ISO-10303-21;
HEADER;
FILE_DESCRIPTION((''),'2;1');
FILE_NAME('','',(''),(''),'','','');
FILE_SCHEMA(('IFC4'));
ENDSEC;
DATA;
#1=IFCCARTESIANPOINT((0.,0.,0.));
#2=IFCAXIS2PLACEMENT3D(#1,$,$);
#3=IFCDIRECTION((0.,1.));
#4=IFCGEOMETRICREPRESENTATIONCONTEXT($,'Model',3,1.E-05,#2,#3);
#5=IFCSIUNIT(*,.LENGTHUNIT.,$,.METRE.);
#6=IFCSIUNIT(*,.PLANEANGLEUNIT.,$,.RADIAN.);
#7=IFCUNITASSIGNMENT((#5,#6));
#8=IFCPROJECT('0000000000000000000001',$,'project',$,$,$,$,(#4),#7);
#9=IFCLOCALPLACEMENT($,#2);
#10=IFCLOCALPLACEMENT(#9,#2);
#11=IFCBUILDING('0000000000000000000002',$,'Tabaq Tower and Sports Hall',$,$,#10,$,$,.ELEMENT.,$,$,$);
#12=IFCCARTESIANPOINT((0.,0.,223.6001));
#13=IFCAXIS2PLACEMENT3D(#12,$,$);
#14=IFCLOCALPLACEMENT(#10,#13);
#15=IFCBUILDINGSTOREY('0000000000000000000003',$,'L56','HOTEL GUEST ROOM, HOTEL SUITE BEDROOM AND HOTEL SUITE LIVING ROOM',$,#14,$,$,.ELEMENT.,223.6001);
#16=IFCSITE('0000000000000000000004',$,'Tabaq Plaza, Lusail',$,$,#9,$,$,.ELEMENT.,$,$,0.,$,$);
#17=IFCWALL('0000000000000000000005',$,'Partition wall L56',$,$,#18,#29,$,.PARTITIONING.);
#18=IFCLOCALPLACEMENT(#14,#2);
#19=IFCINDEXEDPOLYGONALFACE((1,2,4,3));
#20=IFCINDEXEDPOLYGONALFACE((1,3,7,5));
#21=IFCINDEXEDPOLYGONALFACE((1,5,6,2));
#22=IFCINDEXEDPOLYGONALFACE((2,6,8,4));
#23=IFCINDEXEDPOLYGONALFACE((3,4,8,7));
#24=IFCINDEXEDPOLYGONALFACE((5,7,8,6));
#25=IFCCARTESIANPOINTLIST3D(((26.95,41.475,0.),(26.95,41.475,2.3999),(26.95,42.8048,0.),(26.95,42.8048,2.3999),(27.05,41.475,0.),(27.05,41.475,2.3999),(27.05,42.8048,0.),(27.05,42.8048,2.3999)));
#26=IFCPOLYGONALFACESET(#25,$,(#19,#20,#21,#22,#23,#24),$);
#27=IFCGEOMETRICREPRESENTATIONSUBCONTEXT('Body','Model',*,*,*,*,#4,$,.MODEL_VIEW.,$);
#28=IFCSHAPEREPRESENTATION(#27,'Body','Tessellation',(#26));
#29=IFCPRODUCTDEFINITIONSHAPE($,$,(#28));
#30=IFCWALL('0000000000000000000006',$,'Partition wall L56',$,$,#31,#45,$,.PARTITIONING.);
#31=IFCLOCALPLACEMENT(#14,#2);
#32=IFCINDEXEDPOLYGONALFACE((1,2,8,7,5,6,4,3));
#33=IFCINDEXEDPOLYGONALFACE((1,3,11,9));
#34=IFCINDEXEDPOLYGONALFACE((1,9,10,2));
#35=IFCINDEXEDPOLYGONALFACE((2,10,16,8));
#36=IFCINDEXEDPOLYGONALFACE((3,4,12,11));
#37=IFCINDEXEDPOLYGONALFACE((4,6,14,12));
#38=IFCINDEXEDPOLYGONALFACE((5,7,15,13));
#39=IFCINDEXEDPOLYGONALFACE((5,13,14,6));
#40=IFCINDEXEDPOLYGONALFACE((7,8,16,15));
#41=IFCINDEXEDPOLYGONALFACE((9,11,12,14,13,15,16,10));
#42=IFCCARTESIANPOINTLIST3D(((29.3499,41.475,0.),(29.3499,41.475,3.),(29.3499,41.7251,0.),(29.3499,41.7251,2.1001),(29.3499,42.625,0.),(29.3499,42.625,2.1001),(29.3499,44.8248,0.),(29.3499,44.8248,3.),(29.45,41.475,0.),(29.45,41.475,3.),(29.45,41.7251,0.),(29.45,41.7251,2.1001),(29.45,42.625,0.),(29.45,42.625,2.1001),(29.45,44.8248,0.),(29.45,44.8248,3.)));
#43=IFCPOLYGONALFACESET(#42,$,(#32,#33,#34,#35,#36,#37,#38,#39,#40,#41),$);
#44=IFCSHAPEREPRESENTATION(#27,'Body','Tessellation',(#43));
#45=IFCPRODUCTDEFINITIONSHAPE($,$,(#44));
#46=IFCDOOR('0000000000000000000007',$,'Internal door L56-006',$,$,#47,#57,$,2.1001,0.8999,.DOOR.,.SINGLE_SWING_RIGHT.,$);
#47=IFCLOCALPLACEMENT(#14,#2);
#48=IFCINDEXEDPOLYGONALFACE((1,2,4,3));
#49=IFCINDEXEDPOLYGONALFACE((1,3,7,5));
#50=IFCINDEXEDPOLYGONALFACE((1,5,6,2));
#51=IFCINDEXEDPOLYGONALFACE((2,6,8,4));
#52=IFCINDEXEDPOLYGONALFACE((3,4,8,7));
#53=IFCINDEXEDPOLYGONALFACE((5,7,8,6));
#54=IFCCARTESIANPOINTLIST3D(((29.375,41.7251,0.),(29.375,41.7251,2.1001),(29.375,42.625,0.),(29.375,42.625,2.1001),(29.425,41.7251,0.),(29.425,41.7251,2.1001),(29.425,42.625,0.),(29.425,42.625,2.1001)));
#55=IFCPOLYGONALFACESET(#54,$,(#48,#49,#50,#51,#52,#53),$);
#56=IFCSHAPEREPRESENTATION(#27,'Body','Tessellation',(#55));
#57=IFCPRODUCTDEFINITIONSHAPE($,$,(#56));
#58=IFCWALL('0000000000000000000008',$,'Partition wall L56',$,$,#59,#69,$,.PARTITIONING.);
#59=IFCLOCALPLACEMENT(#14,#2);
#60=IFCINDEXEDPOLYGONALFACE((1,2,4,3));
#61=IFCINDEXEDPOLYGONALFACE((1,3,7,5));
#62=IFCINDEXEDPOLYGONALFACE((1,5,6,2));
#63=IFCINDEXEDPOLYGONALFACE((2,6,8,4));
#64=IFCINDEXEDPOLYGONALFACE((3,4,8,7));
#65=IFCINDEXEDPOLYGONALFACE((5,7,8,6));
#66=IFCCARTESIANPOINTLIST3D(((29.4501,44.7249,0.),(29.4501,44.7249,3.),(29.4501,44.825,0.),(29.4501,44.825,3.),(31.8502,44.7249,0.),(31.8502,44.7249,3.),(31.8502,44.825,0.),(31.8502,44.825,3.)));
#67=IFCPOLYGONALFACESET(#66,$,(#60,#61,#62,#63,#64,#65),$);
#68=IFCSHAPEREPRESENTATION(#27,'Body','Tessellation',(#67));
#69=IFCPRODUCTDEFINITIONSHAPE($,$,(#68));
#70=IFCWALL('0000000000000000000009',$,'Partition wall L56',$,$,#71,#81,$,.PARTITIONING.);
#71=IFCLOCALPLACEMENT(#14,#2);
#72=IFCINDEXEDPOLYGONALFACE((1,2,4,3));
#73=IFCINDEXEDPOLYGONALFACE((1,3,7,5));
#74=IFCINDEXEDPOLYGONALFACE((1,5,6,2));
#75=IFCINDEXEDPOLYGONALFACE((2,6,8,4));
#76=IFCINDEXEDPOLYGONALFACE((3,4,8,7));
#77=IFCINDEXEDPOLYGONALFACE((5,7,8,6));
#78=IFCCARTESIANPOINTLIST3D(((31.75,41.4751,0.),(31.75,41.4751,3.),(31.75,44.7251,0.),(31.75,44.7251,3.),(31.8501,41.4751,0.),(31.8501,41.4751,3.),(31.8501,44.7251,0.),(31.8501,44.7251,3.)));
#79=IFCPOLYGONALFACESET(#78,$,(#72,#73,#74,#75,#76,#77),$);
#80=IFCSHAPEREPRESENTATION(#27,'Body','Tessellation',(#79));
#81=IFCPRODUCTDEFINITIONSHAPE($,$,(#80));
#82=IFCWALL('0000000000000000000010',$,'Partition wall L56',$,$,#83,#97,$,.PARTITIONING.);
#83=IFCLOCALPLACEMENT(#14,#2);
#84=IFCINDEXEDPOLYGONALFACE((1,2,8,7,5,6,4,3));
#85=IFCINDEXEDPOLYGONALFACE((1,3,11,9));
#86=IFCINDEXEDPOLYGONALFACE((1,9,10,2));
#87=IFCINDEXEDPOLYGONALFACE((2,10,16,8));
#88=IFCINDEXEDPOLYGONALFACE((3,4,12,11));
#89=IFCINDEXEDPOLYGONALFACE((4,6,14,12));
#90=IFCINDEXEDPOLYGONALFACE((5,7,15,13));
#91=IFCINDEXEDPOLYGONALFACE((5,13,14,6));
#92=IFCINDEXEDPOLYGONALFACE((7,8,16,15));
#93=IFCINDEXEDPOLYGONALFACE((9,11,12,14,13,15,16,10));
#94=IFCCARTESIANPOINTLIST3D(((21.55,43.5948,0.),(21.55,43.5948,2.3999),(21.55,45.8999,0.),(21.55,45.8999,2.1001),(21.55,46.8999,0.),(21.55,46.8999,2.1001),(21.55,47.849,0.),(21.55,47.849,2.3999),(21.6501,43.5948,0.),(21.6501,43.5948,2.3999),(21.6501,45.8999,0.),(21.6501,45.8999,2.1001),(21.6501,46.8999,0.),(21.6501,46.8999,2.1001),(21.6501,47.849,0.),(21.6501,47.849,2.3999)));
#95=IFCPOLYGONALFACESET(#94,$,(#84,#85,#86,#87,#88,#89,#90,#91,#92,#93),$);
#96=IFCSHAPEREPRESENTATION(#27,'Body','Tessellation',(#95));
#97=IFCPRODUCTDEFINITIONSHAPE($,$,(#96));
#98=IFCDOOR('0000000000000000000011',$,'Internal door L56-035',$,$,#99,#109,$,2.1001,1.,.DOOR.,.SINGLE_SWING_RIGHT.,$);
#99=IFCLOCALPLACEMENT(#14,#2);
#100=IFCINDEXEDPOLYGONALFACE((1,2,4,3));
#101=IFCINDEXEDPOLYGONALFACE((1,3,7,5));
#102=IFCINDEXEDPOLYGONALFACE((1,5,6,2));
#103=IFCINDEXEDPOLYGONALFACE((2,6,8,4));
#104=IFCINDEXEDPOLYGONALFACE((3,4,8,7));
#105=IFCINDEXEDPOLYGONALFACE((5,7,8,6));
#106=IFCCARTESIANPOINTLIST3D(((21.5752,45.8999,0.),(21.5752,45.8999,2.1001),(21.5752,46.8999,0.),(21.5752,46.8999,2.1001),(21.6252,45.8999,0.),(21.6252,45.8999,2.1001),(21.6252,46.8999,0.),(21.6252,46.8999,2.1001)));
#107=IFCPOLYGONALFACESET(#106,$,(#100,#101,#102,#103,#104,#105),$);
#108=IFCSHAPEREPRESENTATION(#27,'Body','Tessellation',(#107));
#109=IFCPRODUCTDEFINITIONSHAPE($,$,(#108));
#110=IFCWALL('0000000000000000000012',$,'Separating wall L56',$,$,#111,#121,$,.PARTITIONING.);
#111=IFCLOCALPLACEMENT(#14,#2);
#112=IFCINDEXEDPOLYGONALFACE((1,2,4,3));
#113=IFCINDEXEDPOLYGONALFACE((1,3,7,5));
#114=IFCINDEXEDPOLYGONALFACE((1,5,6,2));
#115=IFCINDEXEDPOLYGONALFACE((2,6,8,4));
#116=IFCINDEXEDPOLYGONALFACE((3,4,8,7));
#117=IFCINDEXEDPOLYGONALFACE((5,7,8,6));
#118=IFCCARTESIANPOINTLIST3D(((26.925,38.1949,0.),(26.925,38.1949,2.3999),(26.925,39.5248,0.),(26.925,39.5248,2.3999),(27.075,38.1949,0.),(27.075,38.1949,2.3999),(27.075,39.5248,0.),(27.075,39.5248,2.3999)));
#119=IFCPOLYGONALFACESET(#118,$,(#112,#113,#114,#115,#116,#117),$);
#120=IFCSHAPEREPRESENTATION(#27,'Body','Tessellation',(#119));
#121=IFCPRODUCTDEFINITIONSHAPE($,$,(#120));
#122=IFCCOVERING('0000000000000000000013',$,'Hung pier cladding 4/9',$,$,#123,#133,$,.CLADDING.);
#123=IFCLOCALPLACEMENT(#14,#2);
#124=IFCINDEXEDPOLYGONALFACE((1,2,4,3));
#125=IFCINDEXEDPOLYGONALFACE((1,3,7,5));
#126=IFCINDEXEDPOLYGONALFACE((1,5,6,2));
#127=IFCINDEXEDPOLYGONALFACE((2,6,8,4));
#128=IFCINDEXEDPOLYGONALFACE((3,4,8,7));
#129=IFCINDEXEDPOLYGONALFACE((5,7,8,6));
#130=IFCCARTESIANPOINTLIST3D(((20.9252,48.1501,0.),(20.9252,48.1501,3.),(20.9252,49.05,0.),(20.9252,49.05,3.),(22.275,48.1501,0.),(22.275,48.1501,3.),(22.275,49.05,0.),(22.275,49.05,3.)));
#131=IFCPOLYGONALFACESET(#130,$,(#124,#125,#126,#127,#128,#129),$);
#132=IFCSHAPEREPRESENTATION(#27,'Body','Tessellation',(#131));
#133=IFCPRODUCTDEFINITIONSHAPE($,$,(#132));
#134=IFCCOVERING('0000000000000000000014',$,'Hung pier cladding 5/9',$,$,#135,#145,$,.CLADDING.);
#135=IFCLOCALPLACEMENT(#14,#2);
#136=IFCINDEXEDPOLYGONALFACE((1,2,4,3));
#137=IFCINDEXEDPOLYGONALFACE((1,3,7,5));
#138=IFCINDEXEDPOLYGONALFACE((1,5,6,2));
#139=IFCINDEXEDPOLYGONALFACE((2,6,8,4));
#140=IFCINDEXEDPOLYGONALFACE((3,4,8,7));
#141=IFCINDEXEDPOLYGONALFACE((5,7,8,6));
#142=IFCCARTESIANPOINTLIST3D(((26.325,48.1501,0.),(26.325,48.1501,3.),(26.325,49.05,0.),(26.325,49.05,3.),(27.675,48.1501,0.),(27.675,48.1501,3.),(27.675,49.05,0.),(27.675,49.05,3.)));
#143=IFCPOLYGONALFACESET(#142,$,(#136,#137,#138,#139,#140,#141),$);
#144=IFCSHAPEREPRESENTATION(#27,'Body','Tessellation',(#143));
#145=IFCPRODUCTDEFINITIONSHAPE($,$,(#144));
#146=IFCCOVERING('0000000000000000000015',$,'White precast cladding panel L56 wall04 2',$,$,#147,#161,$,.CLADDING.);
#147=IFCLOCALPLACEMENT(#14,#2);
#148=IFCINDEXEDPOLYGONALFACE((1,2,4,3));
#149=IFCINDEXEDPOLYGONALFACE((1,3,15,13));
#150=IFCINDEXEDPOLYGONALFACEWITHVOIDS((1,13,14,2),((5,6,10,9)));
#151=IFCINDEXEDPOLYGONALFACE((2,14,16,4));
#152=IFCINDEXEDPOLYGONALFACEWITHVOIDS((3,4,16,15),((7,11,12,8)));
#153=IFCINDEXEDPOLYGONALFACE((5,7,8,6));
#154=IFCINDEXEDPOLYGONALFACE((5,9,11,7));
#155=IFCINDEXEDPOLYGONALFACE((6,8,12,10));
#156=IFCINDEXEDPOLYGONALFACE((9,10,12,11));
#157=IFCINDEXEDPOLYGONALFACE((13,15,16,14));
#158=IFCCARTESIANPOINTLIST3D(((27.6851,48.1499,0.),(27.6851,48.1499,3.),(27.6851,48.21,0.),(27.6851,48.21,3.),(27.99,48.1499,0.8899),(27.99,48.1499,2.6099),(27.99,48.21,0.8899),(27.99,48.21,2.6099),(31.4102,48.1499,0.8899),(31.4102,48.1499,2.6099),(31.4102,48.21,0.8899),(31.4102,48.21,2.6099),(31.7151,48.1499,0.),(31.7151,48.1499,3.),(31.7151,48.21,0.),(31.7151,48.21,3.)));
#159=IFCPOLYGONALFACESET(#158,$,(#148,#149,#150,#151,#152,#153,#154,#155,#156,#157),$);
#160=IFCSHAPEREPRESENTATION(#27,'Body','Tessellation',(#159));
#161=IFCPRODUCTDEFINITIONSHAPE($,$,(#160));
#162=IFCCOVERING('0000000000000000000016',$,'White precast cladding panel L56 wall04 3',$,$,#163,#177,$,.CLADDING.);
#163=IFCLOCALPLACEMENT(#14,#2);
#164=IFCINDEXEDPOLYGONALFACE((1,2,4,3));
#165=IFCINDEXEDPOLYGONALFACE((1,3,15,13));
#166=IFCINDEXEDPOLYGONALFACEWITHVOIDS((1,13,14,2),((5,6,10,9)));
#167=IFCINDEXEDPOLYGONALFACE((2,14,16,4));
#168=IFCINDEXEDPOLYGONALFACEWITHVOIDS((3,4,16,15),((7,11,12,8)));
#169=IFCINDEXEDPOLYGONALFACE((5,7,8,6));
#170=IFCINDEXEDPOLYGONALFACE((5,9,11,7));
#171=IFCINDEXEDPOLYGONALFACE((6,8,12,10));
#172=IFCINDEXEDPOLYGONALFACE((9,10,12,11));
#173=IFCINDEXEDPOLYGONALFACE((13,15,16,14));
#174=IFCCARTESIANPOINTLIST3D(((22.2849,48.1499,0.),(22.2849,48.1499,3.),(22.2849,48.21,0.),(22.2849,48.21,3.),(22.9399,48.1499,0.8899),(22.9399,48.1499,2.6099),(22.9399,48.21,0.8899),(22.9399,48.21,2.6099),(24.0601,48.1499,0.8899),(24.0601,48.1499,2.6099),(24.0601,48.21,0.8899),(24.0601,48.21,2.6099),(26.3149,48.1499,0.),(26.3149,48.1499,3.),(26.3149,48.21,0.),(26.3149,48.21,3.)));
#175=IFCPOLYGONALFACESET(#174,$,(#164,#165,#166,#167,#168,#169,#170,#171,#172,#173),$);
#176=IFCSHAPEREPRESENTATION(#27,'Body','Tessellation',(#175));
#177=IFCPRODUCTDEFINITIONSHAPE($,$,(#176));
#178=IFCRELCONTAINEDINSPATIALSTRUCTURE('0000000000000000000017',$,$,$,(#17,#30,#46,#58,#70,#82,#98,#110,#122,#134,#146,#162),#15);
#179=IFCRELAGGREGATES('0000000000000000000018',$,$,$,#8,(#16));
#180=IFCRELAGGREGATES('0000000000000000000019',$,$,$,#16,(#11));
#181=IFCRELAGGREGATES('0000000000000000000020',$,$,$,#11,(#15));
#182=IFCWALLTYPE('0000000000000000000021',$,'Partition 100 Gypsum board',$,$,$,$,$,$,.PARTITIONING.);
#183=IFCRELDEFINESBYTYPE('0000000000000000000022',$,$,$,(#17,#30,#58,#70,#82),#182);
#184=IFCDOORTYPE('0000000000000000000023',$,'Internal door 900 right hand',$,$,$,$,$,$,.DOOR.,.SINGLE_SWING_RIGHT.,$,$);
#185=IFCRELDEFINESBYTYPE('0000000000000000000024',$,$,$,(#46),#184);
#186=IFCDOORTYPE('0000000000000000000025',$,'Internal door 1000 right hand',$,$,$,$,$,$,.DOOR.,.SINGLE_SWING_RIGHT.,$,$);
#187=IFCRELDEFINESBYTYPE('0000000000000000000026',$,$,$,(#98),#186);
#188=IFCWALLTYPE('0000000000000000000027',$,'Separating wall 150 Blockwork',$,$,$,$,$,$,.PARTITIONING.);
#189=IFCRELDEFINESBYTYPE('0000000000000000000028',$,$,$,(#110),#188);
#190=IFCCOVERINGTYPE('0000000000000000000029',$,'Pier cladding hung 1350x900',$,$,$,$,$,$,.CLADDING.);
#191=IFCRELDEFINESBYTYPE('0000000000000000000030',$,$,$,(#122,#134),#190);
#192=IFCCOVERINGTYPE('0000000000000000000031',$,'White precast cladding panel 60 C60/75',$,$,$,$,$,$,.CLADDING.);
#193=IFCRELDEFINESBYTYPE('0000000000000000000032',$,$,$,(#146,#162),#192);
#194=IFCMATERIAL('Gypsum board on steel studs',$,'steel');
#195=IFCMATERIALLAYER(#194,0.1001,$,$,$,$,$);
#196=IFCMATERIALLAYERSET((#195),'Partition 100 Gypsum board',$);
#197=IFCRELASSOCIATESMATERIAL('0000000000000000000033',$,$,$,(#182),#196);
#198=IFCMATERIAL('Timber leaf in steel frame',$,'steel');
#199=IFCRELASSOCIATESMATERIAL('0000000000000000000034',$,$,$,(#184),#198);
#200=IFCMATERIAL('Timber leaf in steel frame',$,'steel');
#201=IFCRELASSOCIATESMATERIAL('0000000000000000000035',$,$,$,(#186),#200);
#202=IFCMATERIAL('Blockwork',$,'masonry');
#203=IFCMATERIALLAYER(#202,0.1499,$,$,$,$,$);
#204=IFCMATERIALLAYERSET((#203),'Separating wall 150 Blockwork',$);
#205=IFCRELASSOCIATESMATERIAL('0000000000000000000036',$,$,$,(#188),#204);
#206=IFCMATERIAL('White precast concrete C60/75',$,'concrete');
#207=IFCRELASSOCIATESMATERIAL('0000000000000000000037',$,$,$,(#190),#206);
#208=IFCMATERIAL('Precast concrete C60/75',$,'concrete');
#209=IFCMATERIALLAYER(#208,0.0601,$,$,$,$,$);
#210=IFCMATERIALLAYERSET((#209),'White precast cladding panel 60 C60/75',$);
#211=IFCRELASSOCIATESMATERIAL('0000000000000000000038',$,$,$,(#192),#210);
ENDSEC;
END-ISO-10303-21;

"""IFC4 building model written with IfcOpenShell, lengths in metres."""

from ifc_helpers import new_model, si_unit, direction, frame, frame_2d, origin, place, context, subcontext, project, spatial, polyline, rectangle, outline, extrude, material, layer, layer_set, type_object, element, fill, save


model = new_model("IFC4")

# Units and contexts
model_context = context("Model", 3, precision=1e-05, world=origin(), true_north=direction((0.0, 1.0)))
body_context = subcontext(model_context, "Body", "Model", "MODEL_VIEW")
ifc_project = project(units=[si_unit("LENGTHUNIT", "METRE"), si_unit("PLANEANGLEUNIT", "RADIAN")], contexts=[model_context])

# Site, building, storey
site_placement = place(None, origin())
site = spatial("IfcSite", under=ifc_project, at=site_placement, Name="Tabaq Plaza, Lusail", CompositionType="ELEMENT", RefElevation=0.0)
building_placement = place(site_placement, origin())
building = spatial("IfcBuilding", under=site, at=building_placement, Name="Tabaq Tower and Sports Hall", CompositionType="ELEMENT")
storey_placement = place(building_placement, frame((0.0, 0.0, 223.6001)))
storey = spatial("IfcBuildingStorey", under=building, at=storey_placement, Name="L56", Description="HOTEL GUEST ROOM, HOTEL SUITE BEDROOM AND HOTEL SUITE LIVING ROOM", CompositionType="ELEMENT", Elevation=223.6001)

# Shared definitions
ifc_material_1 = material(Name="Gypsum board on steel studs", Category="steel")
ifc_layer_1 = layer(ifc_material_1, 0.1001)
ifc_layer_set_1 = layer_set([ifc_layer_1], Name="Partition 100 Gypsum board")
wall_type_1 = type_object("IfcWallType", Name="Partition 100 Gypsum board", PredefinedType="PARTITIONING", material=ifc_layer_set_1)

# Shared definitions
ifc_material_2 = material(Name="Timber leaf in steel frame", Category="steel")
door_type_1 = type_object("IfcDoorType", Name="Internal door 900 right hand", OperationType="SINGLE_SWING_RIGHT", PredefinedType="DOOR", material=ifc_material_2)
ifc_material_3 = material(Name="Timber leaf in steel frame", Category="steel")
door_type_2 = type_object("IfcDoorType", Name="Internal door 1000 right hand", OperationType="SINGLE_SWING_RIGHT", PredefinedType="DOOR", material=ifc_material_3)

# Wall
wall_1_placement = place(storey_placement, frame((27.0, 42.8049, 0.0), z_axis=(0.0, 0.0, 1.0), x_axis=(0.0, -1.0, 0.0)))
element("IfcWall", 1, at=wall_1_placement, inside=storey, type_object=wall_type_1, Name="Partition wall L56", PredefinedType="PARTITIONING", context=body_context, shape_type="SweptSolid", body=[
    extrude(rectangle(XDim=1.3298, YDim=0.1001, at=frame_2d((0.665, 0.0))), origin(), (0.0, 0.0, 1.0), 2.3999),
])

# Wall, opening, door
wall_2_placement = place(storey_placement, frame((29.3999, 41.4751, 0.0), z_axis=(0.0, 0.0, 1.0), x_axis=(0.0, 1.0, 0.0)))
wall_2 = element("IfcWall", 2, at=wall_2_placement, inside=storey, type_object=wall_type_1, Name="Partition wall L56", PredefinedType="PARTITIONING", context=body_context, shape_type="SweptSolid", body=[
    extrude(rectangle(XDim=3.3499, YDim=0.1001, at=frame_2d((1.6748, 0.0))), origin(), (0.0, 0.0, 1.0), 3.0),
])
opening_1_placement = place(wall_2_placement, frame((0.25, 0.0, 0.0)))
opening_1 = element("IfcOpeningElement", 3, at=opening_1_placement, cuts=wall_2, PredefinedType="OPENING", context=body_context, shape_type="SweptSolid", body=[
    extrude(rectangle(XDim=0.8999, YDim=2.1001, at=frame_2d((0.45, 1.05))), frame((0.0, 0.05, 0.0), z_axis=(0.0, -1.0, 0.0), x_axis=(1.0, 0.0, 0.0)), (0.0, 0.0, 1.0), 0.1001),
])
door_1_placement = place(opening_1_placement, origin())
door_1 = element("IfcDoor", 4, at=door_1_placement, inside=storey, type_object=door_type_1, Name="Internal door L56-006", OperationType="SINGLE_SWING_RIGHT", OverallHeight=2.1001, OverallWidth=0.8999, PredefinedType="DOOR", context=body_context, shape_type="SweptSolid", body=[
    extrude(rectangle(XDim=0.8999, YDim=2.1001, at=frame_2d((0.45, 1.05))), frame((0.0, 0.0249, 0.0), z_axis=(0.0, -1.0, 0.0), x_axis=(1.0, 0.0, 0.0)), (0.0, 0.0, 1.0), 0.05),
])
fill(opening_1, door_1)

# Walls
wall_3_placement = place(storey_placement, frame((29.45, 44.7749, 0.0), z_axis=(0.0, 0.0, 1.0), x_axis=(1.0, 0.0, 0.0)))
element("IfcWall", 5, at=wall_3_placement, inside=storey, type_object=wall_type_1, Name="Partition wall L56", PredefinedType="PARTITIONING", context=body_context, shape_type="SweptSolid", body=[
    extrude(rectangle(XDim=2.4001, YDim=0.1001, at=frame_2d((1.2002, 0.0))), origin(), (0.0, 0.0, 1.0), 3.0),
])
wall_4_placement = place(storey_placement, frame((31.8, 44.7251, 0.0), z_axis=(0.0, 0.0, 1.0), x_axis=(0.0, -1.0, 0.0)))
element("IfcWall", 6, at=wall_4_placement, inside=storey, type_object=wall_type_1, Name="Partition wall L56", PredefinedType="PARTITIONING", context=body_context, shape_type="SweptSolid", body=[
    extrude(rectangle(XDim=3.25, YDim=0.1001, at=frame_2d((1.625, 0.0))), origin(), (0.0, 0.0, 1.0), 3.0),
])

# Wall, opening, door
wall_5_placement = place(storey_placement, frame((21.6001, 43.595, 0.0), z_axis=(0.0, 0.0, 1.0), x_axis=(0.0, 1.0, 0.0)))
wall_5 = element("IfcWall", 7, at=wall_5_placement, inside=storey, type_object=wall_type_1, Name="Partition wall L56", PredefinedType="PARTITIONING", context=body_context, shape_type="SweptSolid", body=[
    extrude(rectangle(XDim=4.2542, YDim=0.1001, at=frame_2d((2.127, 0.0))), origin(), (0.0, 0.0, 1.0), 2.3999),
])
opening_2_placement = place(wall_5_placement, frame((2.3049, 0.0, 0.0)))
opening_2 = element("IfcOpeningElement", 8, at=opening_2_placement, cuts=wall_5, PredefinedType="OPENING", context=body_context, shape_type="SweptSolid", body=[
    extrude(rectangle(XDim=1.0, YDim=2.1001, at=frame_2d((0.5, 1.05))), frame((0.0, 0.05, 0.0), z_axis=(0.0, -1.0, 0.0), x_axis=(1.0, 0.0, 0.0)), (0.0, 0.0, 1.0), 0.1001),
])
door_2_placement = place(opening_2_placement, origin())
door_2 = element("IfcDoor", 9, at=door_2_placement, inside=storey, type_object=door_type_2, Name="Internal door L56-035", OperationType="SINGLE_SWING_RIGHT", OverallHeight=2.1001, OverallWidth=1.0, PredefinedType="DOOR", context=body_context, shape_type="SweptSolid", body=[
    extrude(rectangle(XDim=1.0, YDim=2.1001, at=frame_2d((0.5, 1.05))), frame((0.0, 0.0249, 0.0), z_axis=(0.0, -1.0, 0.0), x_axis=(1.0, 0.0, 0.0)), (0.0, 0.0, 1.0), 0.05),
])
fill(opening_2, door_2)

# Wall
ifc_material_4 = material(Name="Blockwork", Category="masonry")
ifc_layer_2 = layer(ifc_material_4, 0.1499)
ifc_layer_set_2 = layer_set([ifc_layer_2], Name="Separating wall 150 Blockwork")
wall_type_2 = type_object("IfcWallType", Name="Separating wall 150 Blockwork", PredefinedType="PARTITIONING", material=ifc_layer_set_2)
wall_6_placement = place(storey_placement, frame((27.0, 39.5249, 0.0), z_axis=(0.0, 0.0, 1.0), x_axis=(0.0, -1.0, 0.0)))
element("IfcWall", 10, at=wall_6_placement, inside=storey, type_object=wall_type_2, Name="Separating wall L56", PredefinedType="PARTITIONING", context=body_context, shape_type="SweptSolid", body=[
    extrude(rectangle(XDim=1.3298, YDim=0.1499, at=frame_2d((0.665, 0.0))), origin(), (0.0, 0.0, 1.0), 2.3999),
])

# Coverings
ifc_material_5 = material(Name="White precast concrete C60/75", Category="concrete")
covering_type_1 = type_object("IfcCoveringType", Name="Pier cladding hung 1350x900", PredefinedType="CLADDING", material=ifc_material_5)
covering_1_placement = place(storey_placement, frame((22.2749, 48.6001, 0.0), z_axis=(0.0, 0.0, 1.0), x_axis=(-1.0, 0.0, 0.0)))
element("IfcCovering", 11, at=covering_1_placement, inside=storey, type_object=covering_type_1, Name="Hung pier cladding 4/9", PredefinedType="CLADDING", context=body_context, shape_type="SweptSolid", body=[
    extrude(rectangle(XDim=1.3499, YDim=0.8999, at=frame_2d((0.6748, 0.0))), origin(), (0.0, 0.0, 1.0), 3.0),
])
covering_2_placement = place(storey_placement, frame((27.675, 48.6001, 0.0), z_axis=(0.0, 0.0, 1.0), x_axis=(-1.0, 0.0, 0.0)))
element("IfcCovering", 12, at=covering_2_placement, inside=storey, type_object=covering_type_1, Name="Hung pier cladding 5/9", PredefinedType="CLADDING", context=body_context, shape_type="SweptSolid", body=[
    extrude(rectangle(XDim=1.3501, YDim=0.8999, at=frame_2d((0.675, 0.0))), origin(), (0.0, 0.0, 1.0), 3.0),
])
ifc_material_6 = material(Name="Precast concrete C60/75", Category="concrete")
ifc_layer_3 = layer(ifc_material_6, 0.0601)
ifc_layer_set_3 = layer_set([ifc_layer_3], Name="White precast cladding panel 60 C60/75")
covering_type_2 = type_object("IfcCoveringType", Name="White precast cladding panel 60 C60/75", PredefinedType="CLADDING", material=ifc_layer_set_3)
covering_3_placement = place(storey_placement, frame((31.7151, 48.1799, 0.0), z_axis=(0.0, 0.0, 1.0), x_axis=(-1.0, 0.0, 0.0)))
element("IfcCovering", 13, at=covering_3_placement, inside=storey, type_object=covering_type_2, Name="White precast cladding panel L56 wall04 2", PredefinedType="CLADDING", context=body_context, shape_type="SweptSolid", body=[
    extrude(outline(polyline([(0.0, 0.0), (4.03, 0.0), (4.03, 3.0), (0.0, 3.0), (0.0, 0.0)]), holes=[polyline([(0.3049, 0.8899), (0.3049, 2.6099), (3.7251, 2.6099), (3.7251, 0.8899), (0.3049, 0.8899)])]), frame((0.0, 0.03, 0.0), z_axis=(0.0, -1.0, 0.0), x_axis=(1.0, 0.0, 0.0)), (0.0, 0.0, 1.0), 0.0601),
])
covering_4_placement = place(storey_placement, frame((26.3149, 48.1799, 0.0), z_axis=(0.0, 0.0, 1.0), x_axis=(-1.0, 0.0, 0.0)))
element("IfcCovering", 14, at=covering_4_placement, inside=storey, type_object=covering_type_2, Name="White precast cladding panel L56 wall04 3", PredefinedType="CLADDING", context=body_context, shape_type="SweptSolid", body=[
    extrude(outline(polyline([(0.0, 0.0), (4.03, 0.0), (4.03, 3.0), (0.0, 3.0), (0.0, 0.0)]), holes=[polyline([(2.2549, 0.8899), (2.2549, 2.6099), (3.375, 2.6099), (3.375, 0.8899), (2.2549, 0.8899)])]), frame((0.0, 0.03, 0.0), z_axis=(0.0, -1.0, 0.0), x_axis=(1.0, 0.0, 0.0)), (0.0, 0.0, 1.0), 0.0601),
])

save(model, "model.ifc")
